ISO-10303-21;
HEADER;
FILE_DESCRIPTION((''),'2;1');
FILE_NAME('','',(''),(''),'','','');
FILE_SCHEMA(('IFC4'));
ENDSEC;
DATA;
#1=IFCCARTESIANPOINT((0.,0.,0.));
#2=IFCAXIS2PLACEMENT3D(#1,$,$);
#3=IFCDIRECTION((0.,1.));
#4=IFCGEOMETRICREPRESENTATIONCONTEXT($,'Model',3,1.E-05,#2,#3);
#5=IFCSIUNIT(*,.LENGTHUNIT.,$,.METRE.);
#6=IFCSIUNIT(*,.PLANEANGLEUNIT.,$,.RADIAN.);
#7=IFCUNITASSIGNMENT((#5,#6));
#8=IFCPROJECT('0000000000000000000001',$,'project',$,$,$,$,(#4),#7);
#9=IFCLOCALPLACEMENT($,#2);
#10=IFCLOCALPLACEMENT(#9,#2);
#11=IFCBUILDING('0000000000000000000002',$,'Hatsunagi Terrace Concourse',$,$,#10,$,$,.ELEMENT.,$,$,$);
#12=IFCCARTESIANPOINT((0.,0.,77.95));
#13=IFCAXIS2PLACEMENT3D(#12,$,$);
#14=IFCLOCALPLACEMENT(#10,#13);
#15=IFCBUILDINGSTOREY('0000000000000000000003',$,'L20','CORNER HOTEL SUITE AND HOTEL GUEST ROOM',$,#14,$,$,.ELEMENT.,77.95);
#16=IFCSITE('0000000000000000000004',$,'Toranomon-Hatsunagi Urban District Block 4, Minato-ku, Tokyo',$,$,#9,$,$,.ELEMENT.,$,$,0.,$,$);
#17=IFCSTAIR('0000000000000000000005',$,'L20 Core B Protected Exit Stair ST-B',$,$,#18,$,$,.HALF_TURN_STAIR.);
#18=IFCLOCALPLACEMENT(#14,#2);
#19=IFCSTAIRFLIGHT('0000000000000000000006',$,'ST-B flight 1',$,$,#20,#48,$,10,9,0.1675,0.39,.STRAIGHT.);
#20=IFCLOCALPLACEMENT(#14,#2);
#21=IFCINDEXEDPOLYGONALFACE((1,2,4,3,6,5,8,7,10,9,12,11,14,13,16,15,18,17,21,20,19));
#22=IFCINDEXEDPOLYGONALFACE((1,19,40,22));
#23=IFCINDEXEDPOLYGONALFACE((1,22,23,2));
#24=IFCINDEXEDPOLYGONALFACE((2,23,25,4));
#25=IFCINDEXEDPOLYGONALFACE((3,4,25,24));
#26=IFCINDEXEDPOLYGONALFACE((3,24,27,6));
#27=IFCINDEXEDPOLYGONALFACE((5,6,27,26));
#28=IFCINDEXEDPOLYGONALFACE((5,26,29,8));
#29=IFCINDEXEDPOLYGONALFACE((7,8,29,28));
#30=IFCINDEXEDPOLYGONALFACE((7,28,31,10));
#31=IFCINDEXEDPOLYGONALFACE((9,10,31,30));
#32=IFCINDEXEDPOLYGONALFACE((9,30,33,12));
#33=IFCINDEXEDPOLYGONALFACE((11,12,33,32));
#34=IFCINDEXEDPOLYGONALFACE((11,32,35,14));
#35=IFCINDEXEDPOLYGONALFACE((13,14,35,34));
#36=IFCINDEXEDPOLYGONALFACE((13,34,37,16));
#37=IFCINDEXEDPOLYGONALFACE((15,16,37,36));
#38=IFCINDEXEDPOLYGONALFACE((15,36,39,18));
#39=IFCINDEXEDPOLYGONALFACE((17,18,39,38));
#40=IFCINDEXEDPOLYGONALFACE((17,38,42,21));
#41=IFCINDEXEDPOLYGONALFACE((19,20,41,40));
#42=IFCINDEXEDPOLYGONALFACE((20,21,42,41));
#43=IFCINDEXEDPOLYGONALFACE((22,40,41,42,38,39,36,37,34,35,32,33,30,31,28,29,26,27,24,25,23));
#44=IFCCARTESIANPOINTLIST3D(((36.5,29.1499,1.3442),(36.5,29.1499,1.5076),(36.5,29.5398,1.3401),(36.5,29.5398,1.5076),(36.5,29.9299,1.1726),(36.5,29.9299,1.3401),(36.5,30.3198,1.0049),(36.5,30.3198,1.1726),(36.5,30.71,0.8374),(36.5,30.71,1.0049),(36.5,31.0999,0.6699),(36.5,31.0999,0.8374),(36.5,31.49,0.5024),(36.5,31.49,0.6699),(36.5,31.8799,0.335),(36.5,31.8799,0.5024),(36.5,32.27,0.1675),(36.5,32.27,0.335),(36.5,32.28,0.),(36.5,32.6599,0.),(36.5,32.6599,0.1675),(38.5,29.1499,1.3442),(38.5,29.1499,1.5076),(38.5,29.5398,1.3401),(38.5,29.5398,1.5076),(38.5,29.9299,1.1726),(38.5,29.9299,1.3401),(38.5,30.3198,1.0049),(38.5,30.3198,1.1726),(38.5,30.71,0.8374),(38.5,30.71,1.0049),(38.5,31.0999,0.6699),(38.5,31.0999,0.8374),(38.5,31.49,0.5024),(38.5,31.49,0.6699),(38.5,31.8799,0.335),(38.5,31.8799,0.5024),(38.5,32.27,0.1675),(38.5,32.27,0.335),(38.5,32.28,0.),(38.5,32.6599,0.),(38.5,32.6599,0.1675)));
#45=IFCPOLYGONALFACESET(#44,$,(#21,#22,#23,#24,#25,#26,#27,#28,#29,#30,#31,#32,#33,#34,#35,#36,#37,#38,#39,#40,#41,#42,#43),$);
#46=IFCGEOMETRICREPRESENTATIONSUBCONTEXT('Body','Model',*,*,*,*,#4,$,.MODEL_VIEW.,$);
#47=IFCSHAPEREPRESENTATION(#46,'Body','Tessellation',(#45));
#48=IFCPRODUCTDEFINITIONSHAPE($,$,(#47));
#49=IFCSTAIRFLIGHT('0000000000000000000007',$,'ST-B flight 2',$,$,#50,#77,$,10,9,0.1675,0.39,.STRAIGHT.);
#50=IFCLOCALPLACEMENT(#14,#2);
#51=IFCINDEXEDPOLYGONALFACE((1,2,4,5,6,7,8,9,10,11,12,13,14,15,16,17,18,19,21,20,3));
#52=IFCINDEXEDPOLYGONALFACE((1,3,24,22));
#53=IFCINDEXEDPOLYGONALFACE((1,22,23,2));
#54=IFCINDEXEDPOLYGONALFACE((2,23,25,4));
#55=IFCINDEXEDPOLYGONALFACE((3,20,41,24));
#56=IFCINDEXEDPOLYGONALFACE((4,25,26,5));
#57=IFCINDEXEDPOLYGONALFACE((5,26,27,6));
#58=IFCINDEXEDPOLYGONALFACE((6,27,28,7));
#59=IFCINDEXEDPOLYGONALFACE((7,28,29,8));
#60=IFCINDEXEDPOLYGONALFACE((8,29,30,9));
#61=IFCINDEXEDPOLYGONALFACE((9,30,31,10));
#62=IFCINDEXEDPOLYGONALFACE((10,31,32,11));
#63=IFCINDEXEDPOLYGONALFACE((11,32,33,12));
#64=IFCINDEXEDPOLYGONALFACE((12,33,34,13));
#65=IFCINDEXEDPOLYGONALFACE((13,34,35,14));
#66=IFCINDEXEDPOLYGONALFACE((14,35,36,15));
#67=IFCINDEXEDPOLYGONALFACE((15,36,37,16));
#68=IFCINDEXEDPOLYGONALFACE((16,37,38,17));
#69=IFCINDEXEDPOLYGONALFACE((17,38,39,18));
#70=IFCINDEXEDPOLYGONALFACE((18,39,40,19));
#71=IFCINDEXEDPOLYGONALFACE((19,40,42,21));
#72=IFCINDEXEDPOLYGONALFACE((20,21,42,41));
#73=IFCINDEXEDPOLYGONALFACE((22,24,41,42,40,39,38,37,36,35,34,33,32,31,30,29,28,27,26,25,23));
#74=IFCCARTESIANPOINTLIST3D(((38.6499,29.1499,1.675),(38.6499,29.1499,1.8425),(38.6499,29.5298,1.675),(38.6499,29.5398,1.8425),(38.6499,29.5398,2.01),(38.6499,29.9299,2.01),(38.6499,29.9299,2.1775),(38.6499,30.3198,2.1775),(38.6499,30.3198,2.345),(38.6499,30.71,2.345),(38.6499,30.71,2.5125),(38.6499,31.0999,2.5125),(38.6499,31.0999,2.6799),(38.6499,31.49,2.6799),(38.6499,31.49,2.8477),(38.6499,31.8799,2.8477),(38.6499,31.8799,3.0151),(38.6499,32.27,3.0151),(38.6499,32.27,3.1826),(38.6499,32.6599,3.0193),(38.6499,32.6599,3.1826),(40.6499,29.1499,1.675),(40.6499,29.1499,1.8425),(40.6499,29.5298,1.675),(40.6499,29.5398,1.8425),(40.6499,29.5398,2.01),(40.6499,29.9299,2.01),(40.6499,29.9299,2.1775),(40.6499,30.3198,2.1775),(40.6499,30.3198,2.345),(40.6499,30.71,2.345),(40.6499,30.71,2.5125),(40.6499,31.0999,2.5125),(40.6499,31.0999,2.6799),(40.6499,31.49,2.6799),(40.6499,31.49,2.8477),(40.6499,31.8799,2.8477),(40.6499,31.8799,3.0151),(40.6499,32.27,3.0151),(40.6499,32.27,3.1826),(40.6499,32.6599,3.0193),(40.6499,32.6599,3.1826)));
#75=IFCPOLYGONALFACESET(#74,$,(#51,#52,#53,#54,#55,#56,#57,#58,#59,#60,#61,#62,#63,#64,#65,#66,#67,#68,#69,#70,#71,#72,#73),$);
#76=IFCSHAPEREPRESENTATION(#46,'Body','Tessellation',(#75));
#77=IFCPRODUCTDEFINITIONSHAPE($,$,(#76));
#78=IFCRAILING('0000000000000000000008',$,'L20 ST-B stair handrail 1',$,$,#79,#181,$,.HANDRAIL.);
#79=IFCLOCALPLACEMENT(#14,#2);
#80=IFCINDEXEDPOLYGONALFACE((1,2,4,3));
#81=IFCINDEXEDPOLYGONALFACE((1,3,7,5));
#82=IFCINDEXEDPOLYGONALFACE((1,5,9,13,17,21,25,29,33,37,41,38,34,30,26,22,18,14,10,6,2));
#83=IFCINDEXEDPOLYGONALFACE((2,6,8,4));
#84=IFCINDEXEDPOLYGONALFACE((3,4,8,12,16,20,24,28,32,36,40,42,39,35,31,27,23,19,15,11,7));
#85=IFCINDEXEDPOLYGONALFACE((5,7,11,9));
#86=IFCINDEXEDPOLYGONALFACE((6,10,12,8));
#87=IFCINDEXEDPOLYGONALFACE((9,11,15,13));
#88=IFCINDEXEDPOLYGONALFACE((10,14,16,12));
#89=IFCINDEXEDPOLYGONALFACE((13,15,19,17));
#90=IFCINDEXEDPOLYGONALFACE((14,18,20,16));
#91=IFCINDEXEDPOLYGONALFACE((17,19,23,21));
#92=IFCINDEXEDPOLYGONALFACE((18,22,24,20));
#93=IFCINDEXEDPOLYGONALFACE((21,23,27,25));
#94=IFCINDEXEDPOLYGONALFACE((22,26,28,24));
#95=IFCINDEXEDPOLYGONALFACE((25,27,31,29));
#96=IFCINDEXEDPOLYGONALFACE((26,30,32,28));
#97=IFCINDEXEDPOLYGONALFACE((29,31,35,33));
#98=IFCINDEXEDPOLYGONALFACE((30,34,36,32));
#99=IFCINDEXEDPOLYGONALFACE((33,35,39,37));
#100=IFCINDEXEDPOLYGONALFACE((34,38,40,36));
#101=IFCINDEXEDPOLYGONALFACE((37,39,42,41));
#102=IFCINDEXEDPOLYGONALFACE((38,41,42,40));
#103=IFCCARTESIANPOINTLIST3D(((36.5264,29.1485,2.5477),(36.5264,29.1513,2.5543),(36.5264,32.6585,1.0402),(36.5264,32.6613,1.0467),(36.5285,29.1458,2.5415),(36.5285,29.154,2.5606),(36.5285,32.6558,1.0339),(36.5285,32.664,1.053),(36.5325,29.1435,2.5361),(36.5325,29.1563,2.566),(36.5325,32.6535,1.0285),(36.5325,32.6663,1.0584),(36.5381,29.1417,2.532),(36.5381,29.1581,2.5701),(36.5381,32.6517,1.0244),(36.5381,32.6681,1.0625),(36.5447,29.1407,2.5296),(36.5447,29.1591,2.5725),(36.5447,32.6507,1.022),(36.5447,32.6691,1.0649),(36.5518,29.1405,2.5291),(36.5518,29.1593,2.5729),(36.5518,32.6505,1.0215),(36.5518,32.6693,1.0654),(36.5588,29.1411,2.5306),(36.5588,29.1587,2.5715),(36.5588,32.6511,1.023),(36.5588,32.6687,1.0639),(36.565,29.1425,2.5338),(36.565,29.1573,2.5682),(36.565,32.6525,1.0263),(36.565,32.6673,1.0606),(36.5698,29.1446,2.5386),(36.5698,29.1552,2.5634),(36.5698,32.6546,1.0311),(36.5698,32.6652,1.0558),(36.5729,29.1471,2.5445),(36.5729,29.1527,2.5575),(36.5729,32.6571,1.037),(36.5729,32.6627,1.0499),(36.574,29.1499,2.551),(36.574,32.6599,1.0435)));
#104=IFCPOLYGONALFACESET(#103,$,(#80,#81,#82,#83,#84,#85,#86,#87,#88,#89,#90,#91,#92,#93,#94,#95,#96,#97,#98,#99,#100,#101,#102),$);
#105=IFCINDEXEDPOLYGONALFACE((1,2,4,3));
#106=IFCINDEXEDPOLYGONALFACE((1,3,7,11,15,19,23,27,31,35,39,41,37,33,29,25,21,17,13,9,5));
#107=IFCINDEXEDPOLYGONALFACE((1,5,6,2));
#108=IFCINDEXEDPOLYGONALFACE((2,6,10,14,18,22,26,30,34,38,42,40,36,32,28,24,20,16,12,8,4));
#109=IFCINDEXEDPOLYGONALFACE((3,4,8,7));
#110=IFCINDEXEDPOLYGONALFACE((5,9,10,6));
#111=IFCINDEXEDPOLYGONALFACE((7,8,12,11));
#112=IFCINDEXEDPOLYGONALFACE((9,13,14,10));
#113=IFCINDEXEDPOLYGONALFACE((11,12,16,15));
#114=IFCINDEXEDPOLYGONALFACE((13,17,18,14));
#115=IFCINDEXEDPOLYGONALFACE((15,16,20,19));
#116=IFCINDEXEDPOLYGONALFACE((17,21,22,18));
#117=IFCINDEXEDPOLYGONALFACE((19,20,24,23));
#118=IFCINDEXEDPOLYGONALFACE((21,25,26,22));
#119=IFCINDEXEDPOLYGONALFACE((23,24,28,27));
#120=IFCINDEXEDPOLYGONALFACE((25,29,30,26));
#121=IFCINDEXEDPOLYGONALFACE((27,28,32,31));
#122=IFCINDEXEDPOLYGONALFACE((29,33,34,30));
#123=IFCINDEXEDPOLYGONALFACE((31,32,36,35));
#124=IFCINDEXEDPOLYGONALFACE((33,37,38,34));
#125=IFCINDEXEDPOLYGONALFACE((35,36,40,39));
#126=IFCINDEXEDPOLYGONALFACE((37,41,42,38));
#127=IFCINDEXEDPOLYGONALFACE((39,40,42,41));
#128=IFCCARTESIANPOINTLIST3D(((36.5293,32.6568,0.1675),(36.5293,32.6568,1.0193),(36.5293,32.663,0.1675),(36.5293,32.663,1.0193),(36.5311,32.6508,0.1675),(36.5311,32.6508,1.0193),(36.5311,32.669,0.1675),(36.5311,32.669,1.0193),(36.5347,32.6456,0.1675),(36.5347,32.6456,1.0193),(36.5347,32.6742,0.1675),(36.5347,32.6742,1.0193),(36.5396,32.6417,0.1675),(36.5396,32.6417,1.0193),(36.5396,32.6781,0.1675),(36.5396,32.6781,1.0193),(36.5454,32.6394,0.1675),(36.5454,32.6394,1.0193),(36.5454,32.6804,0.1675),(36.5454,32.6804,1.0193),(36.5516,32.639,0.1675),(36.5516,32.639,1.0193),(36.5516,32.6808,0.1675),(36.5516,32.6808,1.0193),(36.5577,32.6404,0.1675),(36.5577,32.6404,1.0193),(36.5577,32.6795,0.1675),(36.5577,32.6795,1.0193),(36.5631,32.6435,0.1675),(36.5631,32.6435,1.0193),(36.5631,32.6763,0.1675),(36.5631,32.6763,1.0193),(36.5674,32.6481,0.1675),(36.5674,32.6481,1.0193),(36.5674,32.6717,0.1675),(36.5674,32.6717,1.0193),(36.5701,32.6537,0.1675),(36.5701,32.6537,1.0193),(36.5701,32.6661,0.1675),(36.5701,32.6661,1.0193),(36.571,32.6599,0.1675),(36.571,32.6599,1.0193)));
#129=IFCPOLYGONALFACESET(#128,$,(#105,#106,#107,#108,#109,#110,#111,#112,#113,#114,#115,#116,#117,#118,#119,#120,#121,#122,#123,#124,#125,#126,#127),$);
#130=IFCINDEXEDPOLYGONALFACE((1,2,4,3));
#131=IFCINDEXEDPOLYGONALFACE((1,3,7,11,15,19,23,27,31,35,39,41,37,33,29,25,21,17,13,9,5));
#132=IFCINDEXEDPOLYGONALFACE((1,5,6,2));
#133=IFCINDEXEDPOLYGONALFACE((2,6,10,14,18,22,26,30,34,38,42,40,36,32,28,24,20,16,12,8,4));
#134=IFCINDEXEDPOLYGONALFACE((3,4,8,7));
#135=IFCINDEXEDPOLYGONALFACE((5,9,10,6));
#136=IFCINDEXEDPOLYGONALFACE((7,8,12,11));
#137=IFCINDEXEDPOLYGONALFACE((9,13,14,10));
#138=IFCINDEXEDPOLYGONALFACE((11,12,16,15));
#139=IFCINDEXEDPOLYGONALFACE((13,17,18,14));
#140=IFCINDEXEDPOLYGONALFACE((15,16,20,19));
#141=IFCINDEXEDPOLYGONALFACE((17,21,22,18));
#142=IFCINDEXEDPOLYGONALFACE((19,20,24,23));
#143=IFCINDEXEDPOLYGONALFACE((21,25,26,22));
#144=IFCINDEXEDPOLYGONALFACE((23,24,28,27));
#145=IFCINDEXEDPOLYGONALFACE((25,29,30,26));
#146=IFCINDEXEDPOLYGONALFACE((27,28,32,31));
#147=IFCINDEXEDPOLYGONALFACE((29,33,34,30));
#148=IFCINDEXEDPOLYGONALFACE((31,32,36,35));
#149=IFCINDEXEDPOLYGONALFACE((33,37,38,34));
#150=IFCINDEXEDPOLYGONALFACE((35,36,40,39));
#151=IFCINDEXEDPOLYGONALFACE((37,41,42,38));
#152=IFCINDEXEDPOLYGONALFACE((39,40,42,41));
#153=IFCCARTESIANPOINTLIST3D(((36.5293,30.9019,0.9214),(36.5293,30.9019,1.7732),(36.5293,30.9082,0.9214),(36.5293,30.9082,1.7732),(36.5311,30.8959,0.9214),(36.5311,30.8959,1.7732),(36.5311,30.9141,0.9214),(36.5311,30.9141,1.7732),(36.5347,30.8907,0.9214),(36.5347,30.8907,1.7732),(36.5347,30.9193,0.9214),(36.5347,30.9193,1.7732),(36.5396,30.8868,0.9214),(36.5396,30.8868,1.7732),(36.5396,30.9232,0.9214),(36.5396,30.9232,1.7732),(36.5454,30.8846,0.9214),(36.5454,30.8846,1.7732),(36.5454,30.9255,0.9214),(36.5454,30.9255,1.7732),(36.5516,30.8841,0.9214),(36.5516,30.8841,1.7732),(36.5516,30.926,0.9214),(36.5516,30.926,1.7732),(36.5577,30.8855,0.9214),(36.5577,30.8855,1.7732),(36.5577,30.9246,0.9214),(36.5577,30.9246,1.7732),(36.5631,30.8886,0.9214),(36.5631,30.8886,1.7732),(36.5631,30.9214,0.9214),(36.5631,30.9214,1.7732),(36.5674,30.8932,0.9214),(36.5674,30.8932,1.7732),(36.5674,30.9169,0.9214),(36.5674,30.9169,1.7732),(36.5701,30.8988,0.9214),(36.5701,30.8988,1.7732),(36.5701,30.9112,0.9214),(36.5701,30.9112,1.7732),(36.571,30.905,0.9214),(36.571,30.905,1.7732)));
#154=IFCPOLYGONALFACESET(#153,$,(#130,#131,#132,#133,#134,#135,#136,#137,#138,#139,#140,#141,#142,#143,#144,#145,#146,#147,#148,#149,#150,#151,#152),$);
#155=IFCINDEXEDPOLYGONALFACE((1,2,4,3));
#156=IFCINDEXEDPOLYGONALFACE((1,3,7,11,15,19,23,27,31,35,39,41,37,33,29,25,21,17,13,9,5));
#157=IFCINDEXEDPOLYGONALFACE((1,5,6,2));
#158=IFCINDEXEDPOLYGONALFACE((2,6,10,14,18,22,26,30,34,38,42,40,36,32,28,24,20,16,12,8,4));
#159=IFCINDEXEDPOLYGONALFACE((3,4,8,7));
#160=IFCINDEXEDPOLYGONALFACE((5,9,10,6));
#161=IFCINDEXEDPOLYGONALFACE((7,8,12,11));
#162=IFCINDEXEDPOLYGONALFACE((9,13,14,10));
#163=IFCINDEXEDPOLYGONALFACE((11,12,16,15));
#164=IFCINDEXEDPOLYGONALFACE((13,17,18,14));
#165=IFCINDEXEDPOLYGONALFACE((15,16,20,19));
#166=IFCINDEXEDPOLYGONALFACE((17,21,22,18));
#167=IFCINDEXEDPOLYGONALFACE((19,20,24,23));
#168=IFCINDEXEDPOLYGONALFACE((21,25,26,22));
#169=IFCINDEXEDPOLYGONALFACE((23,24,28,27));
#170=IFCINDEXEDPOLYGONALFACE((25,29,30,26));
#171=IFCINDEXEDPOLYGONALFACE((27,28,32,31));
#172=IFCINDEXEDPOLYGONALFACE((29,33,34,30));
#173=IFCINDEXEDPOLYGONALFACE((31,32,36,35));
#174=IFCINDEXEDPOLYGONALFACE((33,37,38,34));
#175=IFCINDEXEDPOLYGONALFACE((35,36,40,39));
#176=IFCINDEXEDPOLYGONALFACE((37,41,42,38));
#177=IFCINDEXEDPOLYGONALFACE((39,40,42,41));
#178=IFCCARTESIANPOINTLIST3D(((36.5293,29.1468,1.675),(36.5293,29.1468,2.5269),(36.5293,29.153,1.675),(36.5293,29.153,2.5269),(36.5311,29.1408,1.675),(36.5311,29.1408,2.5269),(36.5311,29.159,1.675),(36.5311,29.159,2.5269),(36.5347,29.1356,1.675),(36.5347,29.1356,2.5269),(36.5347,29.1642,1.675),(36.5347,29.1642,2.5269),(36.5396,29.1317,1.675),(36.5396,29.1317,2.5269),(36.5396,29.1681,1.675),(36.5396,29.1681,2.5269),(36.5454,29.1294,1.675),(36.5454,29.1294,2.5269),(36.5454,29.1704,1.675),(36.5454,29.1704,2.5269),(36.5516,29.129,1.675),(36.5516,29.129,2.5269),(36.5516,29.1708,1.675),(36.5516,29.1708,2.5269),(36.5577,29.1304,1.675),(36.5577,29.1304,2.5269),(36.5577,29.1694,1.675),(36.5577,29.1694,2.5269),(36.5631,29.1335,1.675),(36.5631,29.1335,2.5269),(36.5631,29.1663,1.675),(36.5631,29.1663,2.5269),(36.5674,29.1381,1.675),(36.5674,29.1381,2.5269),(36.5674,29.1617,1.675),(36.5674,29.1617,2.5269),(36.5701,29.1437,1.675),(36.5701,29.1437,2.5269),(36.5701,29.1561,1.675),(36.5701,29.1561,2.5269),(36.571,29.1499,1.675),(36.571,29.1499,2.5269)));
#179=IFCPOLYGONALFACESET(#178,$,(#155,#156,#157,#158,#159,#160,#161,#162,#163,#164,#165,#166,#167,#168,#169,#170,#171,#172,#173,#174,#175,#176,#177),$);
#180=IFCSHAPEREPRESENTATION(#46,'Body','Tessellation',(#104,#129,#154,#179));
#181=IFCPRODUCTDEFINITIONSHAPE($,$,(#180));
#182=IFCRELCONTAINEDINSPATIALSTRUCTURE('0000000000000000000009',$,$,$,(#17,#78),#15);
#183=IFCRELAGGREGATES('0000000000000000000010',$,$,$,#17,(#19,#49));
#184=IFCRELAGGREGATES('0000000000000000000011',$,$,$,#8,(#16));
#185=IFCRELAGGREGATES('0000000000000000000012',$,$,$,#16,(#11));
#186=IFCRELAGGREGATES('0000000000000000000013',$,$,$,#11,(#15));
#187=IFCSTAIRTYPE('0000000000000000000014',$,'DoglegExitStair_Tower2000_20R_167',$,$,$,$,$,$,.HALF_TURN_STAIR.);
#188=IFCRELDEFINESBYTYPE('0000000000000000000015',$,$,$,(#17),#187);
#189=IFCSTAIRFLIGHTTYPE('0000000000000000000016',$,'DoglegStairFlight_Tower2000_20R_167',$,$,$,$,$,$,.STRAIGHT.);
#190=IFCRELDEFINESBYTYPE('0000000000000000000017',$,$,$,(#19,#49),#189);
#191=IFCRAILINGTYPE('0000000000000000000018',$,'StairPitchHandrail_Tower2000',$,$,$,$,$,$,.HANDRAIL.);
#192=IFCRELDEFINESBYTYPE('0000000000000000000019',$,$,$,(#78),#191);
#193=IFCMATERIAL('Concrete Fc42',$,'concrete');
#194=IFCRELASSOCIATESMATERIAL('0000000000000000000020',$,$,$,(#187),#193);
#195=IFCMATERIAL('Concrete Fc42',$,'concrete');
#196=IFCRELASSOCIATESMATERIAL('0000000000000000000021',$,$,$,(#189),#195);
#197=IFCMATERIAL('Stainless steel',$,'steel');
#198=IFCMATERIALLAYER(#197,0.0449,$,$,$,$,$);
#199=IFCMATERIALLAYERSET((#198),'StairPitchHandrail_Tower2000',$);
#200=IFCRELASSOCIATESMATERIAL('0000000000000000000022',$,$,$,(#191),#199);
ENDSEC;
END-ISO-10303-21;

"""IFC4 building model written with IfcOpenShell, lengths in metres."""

from ifc_helpers import new_model, si_unit, direction, frame, origin, origin_2d, place, context, subcontext, project, spatial, polyline, circle, outline, extrude, material, layer, layer_set, type_object, element, aggregate, save


model = new_model("IFC4")

# Units and contexts
model_context = context("Model", 3, precision=1e-05, world=origin(), true_north=direction((0.0, 1.0)))
body_context = subcontext(model_context, "Body", "Model", "MODEL_VIEW")
ifc_project = project(units=[si_unit("LENGTHUNIT", "METRE"), si_unit("PLANEANGLEUNIT", "RADIAN")], contexts=[model_context])

# Site, building, storey
site_placement = place(None, origin())
site = spatial("IfcSite", under=ifc_project, at=site_placement, Name="Toranomon-Hatsunagi Urban District Block 4, Minato-ku, Tokyo", CompositionType="ELEMENT", RefElevation=0.0)
building_placement = place(site_placement, origin())
building = spatial("IfcBuilding", under=site, at=building_placement, Name="Hatsunagi Terrace Concourse", CompositionType="ELEMENT")
storey_placement = place(building_placement, frame((0.0, 0.0, 77.95)))
storey = spatial("IfcBuildingStorey", under=building, at=storey_placement, Name="L20", Description="CORNER HOTEL SUITE AND HOTEL GUEST ROOM", CompositionType="ELEMENT", Elevation=77.95)

# Stair, stair flights
ifc_material_1 = material(Name="Concrete Fc42", Category="concrete")
stair_type = type_object("IfcStairType", Name="DoglegExitStair_Tower2000_20R_167", PredefinedType="HALF_TURN_STAIR", material=ifc_material_1)
stair_placement = place(storey_placement, origin())
stair = element("IfcStair", 1, at=stair_placement, inside=storey, type_object=stair_type, Name="L20 Core B Protected Exit Stair ST-B", PredefinedType="HALF_TURN_STAIR")
ifc_material_2 = material(Name="Concrete Fc42", Category="concrete")
stair_flight_type = type_object("IfcStairFlightType", Name="DoglegStairFlight_Tower2000_20R_167", PredefinedType="STRAIGHT", material=ifc_material_2)
stair_flight_1_placement = place(storey_placement, frame((37.5, 32.6599, 0.0), z_axis=(0.0, 0.0, 1.0), x_axis=(0.0, -1.0, 0.0)))
stair_flight_1 = element("IfcStairFlight", 2, at=stair_flight_1_placement, type_object=stair_flight_type, Name="ST-B flight 1", NumberOfRisers=10, NumberOfTreads=9, PredefinedType="STRAIGHT", RiserHeight=0.1675, TreadLength=0.39, context=body_context, shape_type="SweptSolid", body=[
    extrude(outline(polyline([(0.0, 0.0), (0.0, 0.1675), (0.3899, 0.1675), (0.3899, 0.335), (0.78, 0.335), (0.78, 0.5024), (1.1699, 0.5024), (1.1699, 0.6699), (1.5601, 0.6699), (1.5601, 0.8374), (1.95, 0.8374), (1.95, 1.0049), (2.3401, 1.0049), (2.3401, 1.1726), (2.73, 1.1726), (2.73, 1.3401), (3.1201, 1.3401), (3.1201, 1.5076), (3.51, 1.5076), (3.51, 1.675), (3.51, 1.3442), (0.3799, 0.0), (0.0, 0.0)])), frame((0.0, 1.0, 0.0), z_axis=(0.0, -1.0, 0.0), x_axis=(1.0, 0.0, 0.0)), (0.0, 0.0, 1.0), 2.0),
])
stair_flight_2_placement = place(storey_placement, frame((39.6499, 29.1499, 1.675), z_axis=(0.0, 0.0, 1.0), x_axis=(0.0, 1.0, 0.0)))
stair_flight_2 = element("IfcStairFlight", 3, at=stair_flight_2_placement, type_object=stair_flight_type, Name="ST-B flight 2", NumberOfRisers=10, NumberOfTreads=9, PredefinedType="STRAIGHT", RiserHeight=0.1675, TreadLength=0.39, context=body_context, shape_type="SweptSolid", body=[
    extrude(outline(polyline([(0.0, 0.0), (0.0, 0.1675), (0.3899, 0.1675), (0.3899, 0.335), (0.78, 0.335), (0.78, 0.5024), (1.1699, 0.5024), (1.1699, 0.6699), (1.5601, 0.6699), (1.5601, 0.8374), (1.95, 0.8374), (1.95, 1.0049), (2.3401, 1.0049), (2.3401, 1.1726), (2.73, 1.1726), (2.73, 1.3401), (3.1201, 1.3401), (3.1201, 1.5076), (3.51, 1.5076), (3.51, 1.675), (3.51, 1.3442), (0.3799, 0.0), (0.0, 0.0)])), frame((0.0, 1.0, 0.0), z_axis=(0.0, -1.0, 0.0), x_axis=(1.0, 0.0, 0.0)), (0.0, 0.0, 1.0), 2.0),
])
aggregate(stair, [stair_flight_1, stair_flight_2])

# Railing
ifc_material_3 = material(Name="Stainless steel", Category="steel")
ifc_layer_1 = layer(ifc_material_3, 0.0449)
ifc_layer_set_1 = layer_set([ifc_layer_1], Name="StairPitchHandrail_Tower2000")
railing_type_1 = type_object("IfcRailingType", Name="StairPitchHandrail_Tower2000", PredefinedType="HANDRAIL", material=ifc_layer_set_1)
railing_1_placement = place(storey_placement, frame((36.55, 32.6599, 0.1675)))
element("IfcRailing", 4, at=railing_1_placement, inside=storey, type_object=railing_type_1, Name="L20 ST-B stair handrail 1", PredefinedType="HANDRAIL", context=body_context, shape_type="SweptSolid", body=[
    extrude(circle(Radius=0.0239, at=origin_2d()), frame((0.0, 0.0, 0.876), z_axis=(0.0, -0.918834, 0.394644), x_axis=(1.0, 0.0, 0.0)), (0.0, 0.0, 1.0), 3.8201),
    extrude(circle(Radius=0.021, at=origin_2d()), origin(), (0.0, 0.0, 1.0), 0.8518),
    extrude(circle(Radius=0.021, at=origin_2d()), frame((0.0, -1.7549, 0.7539)), (0.0, 0.0, 1.0), 0.8518),
    extrude(circle(Radius=0.021, at=origin_2d()), frame((0.0, -3.51, 1.5076)), (0.0, 0.0, 1.0), 0.8518),
])

save(model, "model.ifc")
